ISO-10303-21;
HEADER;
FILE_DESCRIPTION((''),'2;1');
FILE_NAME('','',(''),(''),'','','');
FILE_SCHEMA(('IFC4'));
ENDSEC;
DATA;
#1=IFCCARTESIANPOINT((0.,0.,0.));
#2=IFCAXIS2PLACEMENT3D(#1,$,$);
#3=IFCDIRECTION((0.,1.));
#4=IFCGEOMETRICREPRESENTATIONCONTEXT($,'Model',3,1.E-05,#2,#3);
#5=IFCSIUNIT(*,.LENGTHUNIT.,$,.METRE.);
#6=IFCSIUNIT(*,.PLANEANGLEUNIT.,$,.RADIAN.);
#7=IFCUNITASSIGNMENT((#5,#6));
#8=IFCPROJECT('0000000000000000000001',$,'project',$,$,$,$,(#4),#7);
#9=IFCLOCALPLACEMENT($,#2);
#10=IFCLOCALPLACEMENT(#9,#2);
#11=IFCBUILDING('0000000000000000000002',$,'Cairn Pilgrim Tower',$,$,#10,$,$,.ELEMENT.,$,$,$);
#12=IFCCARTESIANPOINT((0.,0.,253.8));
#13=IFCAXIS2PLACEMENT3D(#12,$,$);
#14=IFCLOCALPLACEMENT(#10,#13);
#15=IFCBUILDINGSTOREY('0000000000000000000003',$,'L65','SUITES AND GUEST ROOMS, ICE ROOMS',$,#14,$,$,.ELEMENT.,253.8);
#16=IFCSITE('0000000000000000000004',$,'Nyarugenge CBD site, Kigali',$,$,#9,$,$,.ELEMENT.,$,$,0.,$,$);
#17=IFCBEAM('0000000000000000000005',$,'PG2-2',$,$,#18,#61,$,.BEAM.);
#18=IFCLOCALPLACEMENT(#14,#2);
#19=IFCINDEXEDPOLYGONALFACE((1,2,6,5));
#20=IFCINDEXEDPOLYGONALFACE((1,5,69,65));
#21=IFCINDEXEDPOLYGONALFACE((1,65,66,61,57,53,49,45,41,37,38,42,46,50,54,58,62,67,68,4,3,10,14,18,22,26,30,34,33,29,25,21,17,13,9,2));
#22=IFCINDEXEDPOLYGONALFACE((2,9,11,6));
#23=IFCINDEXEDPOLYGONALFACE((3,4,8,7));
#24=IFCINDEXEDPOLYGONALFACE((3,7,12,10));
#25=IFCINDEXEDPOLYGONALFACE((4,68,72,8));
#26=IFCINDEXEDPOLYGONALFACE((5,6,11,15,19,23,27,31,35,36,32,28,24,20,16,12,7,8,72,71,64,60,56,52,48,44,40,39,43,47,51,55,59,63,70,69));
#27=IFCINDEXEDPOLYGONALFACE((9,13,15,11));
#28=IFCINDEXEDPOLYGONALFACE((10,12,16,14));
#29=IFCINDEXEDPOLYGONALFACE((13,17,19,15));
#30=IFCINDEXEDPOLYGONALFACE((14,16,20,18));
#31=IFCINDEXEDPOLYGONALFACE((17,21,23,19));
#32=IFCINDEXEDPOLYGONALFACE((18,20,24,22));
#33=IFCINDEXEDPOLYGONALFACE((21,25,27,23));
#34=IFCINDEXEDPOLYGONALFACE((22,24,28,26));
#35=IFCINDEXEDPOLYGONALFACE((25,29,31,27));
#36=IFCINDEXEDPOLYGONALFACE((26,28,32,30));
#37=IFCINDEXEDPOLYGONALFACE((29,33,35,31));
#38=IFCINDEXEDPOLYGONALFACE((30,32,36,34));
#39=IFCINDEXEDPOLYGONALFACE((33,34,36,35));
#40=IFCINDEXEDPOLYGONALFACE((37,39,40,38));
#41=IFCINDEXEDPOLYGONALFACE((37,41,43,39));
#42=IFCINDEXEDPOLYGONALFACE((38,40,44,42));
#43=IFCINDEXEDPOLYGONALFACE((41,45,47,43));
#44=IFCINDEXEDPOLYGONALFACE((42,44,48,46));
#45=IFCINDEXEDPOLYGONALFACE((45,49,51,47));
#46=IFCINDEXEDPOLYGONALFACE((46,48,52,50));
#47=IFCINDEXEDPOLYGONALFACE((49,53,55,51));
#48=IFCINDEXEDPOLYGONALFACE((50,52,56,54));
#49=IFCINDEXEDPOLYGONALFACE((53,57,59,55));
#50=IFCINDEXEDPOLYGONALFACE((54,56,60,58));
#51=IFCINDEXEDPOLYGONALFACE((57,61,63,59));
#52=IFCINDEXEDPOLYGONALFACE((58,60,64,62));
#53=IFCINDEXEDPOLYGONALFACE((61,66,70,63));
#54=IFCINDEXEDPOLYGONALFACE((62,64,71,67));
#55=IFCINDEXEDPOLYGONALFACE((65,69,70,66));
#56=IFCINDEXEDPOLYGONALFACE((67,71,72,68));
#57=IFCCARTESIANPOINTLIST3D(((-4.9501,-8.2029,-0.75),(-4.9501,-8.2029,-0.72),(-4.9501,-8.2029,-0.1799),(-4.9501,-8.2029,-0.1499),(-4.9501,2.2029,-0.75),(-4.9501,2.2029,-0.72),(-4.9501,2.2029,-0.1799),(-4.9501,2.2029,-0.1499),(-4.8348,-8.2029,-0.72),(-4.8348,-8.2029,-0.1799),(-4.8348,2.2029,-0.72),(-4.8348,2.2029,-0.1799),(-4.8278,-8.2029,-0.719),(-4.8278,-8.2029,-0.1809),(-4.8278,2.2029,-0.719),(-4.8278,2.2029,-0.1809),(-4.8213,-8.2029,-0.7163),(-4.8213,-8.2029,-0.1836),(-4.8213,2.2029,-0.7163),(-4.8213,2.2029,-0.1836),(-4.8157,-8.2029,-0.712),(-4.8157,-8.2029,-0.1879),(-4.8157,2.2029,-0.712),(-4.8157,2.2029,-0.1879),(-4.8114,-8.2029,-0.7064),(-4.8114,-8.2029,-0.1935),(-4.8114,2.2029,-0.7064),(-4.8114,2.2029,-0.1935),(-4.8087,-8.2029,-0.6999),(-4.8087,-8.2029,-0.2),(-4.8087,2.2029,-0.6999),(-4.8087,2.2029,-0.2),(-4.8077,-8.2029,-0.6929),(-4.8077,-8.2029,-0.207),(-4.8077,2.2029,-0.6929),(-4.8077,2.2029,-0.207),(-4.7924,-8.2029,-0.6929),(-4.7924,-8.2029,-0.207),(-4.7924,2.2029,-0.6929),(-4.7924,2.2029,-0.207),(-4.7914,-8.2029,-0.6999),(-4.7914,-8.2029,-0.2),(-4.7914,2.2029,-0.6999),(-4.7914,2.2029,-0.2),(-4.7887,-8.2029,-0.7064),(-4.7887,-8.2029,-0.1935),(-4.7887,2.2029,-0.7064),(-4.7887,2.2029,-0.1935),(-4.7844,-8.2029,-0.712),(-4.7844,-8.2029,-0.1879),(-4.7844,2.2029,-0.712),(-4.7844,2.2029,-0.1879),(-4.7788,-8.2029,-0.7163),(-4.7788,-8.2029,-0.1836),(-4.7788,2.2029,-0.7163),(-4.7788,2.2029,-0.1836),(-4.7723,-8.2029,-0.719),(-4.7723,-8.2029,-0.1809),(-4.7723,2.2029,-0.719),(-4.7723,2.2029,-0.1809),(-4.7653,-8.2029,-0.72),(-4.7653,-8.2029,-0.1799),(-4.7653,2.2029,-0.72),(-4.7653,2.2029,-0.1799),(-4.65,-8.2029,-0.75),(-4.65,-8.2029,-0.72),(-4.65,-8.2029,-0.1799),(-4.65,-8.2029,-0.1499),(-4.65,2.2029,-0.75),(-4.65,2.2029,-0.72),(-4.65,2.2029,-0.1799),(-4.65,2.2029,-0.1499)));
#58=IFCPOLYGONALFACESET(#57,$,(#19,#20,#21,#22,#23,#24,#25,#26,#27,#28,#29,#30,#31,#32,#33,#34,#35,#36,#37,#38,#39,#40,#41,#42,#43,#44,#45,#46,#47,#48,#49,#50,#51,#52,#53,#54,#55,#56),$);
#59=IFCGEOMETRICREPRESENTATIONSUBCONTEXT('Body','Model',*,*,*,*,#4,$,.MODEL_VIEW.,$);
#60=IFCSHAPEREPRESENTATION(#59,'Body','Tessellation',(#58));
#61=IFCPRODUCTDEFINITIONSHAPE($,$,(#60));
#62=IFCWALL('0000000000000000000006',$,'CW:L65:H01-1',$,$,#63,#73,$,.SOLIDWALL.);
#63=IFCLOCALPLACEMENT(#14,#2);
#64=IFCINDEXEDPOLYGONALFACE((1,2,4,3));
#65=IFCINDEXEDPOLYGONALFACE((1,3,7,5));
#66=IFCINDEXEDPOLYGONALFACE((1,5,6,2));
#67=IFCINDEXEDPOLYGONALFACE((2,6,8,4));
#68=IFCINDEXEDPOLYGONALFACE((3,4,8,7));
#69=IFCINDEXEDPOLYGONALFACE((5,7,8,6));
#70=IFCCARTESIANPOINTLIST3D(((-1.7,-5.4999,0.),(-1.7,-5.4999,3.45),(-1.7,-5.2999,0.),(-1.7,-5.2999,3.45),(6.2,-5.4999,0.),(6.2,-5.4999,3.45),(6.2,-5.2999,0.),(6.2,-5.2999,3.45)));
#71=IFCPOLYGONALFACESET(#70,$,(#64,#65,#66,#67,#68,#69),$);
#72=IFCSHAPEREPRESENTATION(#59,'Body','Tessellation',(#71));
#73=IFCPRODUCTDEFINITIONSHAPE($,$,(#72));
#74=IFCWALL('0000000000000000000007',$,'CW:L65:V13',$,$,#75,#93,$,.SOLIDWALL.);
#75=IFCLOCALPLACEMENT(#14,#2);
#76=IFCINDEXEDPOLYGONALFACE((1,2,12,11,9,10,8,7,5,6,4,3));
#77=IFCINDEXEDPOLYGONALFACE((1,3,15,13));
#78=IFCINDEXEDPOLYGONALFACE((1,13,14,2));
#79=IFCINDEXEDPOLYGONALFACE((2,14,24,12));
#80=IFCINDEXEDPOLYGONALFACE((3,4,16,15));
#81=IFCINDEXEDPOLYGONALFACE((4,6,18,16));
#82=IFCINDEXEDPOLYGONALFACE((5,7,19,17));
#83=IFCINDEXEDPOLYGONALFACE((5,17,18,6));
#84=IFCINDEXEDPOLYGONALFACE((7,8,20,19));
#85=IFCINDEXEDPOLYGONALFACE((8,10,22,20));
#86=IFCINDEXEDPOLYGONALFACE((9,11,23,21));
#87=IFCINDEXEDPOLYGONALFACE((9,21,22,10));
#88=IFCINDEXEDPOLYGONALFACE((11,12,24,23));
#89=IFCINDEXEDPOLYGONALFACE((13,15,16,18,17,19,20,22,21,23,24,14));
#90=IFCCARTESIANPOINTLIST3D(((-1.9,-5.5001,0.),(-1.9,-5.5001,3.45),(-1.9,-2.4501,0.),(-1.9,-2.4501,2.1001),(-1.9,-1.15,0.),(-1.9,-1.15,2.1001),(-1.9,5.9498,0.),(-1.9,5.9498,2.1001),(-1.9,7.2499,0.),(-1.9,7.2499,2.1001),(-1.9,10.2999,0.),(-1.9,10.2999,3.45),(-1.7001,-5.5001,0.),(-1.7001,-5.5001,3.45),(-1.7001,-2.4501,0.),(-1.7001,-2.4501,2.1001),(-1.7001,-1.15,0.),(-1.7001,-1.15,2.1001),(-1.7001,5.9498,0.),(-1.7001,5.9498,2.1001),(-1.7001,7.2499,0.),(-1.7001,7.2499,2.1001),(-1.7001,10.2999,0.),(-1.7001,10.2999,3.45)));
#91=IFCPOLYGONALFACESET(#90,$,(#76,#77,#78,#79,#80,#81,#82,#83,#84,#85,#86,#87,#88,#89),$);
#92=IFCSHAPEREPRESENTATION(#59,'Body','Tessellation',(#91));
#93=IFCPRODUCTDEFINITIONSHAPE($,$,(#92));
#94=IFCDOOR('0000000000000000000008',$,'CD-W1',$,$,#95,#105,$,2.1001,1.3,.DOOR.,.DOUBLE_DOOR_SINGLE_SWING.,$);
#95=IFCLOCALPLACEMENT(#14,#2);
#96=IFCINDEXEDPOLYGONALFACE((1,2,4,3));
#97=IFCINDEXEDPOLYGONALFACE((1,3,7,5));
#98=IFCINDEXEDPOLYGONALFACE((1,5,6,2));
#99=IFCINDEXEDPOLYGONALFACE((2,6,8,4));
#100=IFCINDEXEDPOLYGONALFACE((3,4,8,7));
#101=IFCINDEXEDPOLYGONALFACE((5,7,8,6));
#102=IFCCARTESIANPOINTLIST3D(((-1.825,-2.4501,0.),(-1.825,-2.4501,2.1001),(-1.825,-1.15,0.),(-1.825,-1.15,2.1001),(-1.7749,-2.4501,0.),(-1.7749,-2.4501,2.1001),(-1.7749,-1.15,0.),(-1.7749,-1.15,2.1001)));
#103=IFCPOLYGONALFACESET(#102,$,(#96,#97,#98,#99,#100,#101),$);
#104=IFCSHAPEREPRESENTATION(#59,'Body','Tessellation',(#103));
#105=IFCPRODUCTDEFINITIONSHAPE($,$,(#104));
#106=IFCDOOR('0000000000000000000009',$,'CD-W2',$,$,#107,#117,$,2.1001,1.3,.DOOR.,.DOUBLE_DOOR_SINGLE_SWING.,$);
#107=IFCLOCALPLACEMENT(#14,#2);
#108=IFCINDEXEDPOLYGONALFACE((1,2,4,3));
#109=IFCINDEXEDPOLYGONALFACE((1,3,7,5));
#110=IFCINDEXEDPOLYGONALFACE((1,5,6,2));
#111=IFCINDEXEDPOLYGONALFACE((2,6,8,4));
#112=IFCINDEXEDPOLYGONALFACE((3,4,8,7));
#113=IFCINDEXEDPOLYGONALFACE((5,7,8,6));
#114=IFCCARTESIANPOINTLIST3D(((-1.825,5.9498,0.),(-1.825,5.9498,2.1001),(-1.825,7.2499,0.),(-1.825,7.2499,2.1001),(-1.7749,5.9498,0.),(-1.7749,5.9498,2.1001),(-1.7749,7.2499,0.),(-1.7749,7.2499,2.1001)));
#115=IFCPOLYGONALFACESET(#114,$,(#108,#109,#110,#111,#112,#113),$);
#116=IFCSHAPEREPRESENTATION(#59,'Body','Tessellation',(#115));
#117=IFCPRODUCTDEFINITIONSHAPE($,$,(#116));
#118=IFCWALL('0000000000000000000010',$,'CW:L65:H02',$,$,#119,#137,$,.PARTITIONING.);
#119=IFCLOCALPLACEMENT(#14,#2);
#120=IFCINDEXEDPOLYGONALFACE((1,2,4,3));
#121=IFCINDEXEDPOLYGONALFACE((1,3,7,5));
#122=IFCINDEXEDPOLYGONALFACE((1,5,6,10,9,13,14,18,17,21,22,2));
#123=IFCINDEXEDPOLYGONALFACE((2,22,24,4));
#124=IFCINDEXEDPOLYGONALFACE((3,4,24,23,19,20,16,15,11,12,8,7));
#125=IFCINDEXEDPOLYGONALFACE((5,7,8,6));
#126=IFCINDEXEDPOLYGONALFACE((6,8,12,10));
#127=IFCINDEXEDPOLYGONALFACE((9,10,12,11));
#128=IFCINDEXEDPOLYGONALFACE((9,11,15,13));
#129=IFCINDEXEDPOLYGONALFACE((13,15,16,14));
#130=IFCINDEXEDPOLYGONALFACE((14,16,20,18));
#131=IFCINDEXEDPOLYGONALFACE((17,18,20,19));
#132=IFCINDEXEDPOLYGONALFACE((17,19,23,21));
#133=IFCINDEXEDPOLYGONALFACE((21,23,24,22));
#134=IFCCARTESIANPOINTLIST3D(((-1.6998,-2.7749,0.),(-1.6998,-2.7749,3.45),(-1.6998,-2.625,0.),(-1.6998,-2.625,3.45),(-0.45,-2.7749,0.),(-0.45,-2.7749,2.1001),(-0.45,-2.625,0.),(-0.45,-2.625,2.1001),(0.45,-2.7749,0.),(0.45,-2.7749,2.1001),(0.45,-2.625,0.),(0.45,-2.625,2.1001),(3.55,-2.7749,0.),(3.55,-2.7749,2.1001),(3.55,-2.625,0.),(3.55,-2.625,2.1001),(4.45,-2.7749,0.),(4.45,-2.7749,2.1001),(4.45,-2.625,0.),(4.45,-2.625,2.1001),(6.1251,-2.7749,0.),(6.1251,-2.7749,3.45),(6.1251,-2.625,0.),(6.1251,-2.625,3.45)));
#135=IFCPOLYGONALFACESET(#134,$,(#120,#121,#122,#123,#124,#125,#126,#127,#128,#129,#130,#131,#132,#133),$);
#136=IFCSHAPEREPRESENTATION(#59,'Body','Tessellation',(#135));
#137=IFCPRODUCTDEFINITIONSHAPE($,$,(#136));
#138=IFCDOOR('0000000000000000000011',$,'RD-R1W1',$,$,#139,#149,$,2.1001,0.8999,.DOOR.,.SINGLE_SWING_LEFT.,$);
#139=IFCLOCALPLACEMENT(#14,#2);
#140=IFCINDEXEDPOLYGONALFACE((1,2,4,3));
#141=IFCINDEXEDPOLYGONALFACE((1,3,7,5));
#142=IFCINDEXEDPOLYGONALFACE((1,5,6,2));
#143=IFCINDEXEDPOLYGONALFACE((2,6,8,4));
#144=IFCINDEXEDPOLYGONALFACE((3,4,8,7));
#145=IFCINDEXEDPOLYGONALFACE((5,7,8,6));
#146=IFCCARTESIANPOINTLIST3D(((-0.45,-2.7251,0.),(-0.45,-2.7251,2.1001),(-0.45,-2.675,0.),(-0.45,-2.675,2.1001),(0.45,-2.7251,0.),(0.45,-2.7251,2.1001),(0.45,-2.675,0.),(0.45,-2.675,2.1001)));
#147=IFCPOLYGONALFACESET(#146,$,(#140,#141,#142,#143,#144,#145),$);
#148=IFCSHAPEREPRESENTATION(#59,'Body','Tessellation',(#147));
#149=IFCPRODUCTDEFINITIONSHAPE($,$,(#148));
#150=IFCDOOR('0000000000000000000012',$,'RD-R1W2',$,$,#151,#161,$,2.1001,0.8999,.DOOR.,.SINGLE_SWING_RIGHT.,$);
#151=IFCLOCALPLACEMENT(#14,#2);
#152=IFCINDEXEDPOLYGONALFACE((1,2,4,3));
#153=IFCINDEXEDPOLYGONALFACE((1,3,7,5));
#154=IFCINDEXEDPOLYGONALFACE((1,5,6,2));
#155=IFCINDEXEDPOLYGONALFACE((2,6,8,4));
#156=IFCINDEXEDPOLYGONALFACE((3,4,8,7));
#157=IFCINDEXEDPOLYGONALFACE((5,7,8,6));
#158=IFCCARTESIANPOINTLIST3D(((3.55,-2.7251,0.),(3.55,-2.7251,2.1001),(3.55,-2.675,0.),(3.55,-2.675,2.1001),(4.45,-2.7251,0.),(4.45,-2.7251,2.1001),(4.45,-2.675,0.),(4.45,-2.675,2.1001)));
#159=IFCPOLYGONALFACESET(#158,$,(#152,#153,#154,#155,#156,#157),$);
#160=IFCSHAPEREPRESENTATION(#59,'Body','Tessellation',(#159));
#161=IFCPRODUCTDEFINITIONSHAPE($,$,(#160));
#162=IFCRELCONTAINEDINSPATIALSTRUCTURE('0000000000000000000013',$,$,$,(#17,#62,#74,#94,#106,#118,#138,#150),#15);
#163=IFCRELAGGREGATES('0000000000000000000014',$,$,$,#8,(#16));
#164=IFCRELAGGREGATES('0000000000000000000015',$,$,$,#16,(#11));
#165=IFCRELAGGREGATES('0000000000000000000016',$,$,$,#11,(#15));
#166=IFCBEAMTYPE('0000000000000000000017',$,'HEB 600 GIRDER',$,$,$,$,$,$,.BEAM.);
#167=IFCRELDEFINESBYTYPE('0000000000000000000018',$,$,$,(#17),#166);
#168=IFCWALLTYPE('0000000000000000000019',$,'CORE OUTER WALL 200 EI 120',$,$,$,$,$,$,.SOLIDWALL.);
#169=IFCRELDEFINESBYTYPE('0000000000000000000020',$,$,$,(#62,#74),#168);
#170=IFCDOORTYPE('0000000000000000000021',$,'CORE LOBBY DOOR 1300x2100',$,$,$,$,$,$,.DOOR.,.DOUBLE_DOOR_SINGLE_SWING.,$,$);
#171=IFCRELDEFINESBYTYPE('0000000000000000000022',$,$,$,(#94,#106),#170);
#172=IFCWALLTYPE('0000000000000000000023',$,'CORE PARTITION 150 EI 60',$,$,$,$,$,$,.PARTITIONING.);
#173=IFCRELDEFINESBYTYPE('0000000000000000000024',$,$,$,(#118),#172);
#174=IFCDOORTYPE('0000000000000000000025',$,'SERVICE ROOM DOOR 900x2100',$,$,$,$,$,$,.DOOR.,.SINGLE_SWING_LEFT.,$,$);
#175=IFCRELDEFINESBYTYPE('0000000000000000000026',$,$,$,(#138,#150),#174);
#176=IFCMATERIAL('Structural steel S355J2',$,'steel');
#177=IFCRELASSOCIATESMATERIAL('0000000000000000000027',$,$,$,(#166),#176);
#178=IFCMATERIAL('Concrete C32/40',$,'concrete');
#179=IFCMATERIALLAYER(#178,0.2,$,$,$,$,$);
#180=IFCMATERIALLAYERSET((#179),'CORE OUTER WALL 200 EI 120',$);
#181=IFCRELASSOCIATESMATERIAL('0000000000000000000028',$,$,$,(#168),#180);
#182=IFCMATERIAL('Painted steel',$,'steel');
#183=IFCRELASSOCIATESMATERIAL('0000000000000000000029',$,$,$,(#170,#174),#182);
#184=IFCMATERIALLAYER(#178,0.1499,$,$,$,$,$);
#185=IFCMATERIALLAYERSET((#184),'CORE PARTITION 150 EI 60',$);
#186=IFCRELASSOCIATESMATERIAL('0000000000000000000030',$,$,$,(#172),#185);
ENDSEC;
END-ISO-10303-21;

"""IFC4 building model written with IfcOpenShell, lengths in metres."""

from ifc_helpers import new_model, si_unit, direction, frame, frame_2d, origin, origin_2d, place, context, subcontext, project, spatial, rectangle, i_section, extrude, material, layer, layer_set, material_profile, profile_set, type_object, element, fill, save


model = new_model("IFC4")

# Units and contexts
model_context = context("Model", 3, precision=1e-05, world=origin(), true_north=direction((0.0, 1.0)))
body_context = subcontext(model_context, "Body", "Model", "MODEL_VIEW")
ifc_project = project(units=[si_unit("LENGTHUNIT", "METRE"), si_unit("PLANEANGLEUNIT", "RADIAN")], contexts=[model_context])

# Site, building, storey
site_placement = place(None, origin())
site = spatial("IfcSite", under=ifc_project, at=site_placement, Name="Nyarugenge CBD site, Kigali", CompositionType="ELEMENT", RefElevation=0.0)
building_placement = place(site_placement, origin())
building = spatial("IfcBuilding", under=site, at=building_placement, Name="Cairn Pilgrim Tower", CompositionType="ELEMENT")
storey_placement = place(building_placement, frame((0.0, 0.0, 253.8)))
storey = spatial("IfcBuildingStorey", under=building, at=storey_placement, Name="L65", Description="SUITES AND GUEST ROOMS, ICE ROOMS", CompositionType="ELEMENT", Elevation=253.8)

# Shared definitions
ifc_material_1 = material(Name="Structural steel S355J2", Category="steel")

# Beam
ifc_material_profile_1 = material_profile(ifc_material_1, i_section(OverallWidth=0.3, OverallDepth=0.6001, WebThickness=0.0154, FlangeThickness=0.03, FilletRadius=0.0271, at=origin_2d()), Name="HEB 600")
ifc_profile_set_1 = profile_set([ifc_material_profile_1], Name="Structural steel S355J2")
beam_type_1 = type_object("IfcBeamType", Name="HEB 600 GIRDER", PredefinedType="BEAM", material=ifc_profile_set_1)
beam_1_placement = place(storey_placement, frame((-4.8, -8.2029, -0.45), z_axis=(0.0, 1.0, 0.0), x_axis=(-1.0, 0.0, 0.0)))
element("IfcBeam", 1, at=beam_1_placement, inside=storey, type_object=beam_type_1, Name="PG2-2", PredefinedType="BEAM", context=body_context, shape_type="SweptSolid", body=[
    extrude(i_section(OverallWidth=0.3, OverallDepth=0.6001, WebThickness=0.0154, FlangeThickness=0.03, FilletRadius=0.0271, at=origin_2d()), origin(), (0.0, 0.0, 1.0), 10.4058),
])

# Wall
ifc_material_2 = material(Name="Concrete C32/40", Category="concrete")
ifc_layer_1 = layer(ifc_material_2, 0.2)
ifc_layer_set_1 = layer_set([ifc_layer_1], Name="CORE OUTER WALL 200 EI 120")
wall_type_1 = type_object("IfcWallType", Name="CORE OUTER WALL 200 EI 120", PredefinedType="SOLIDWALL", material=ifc_layer_set_1)
wall_1_placement = place(storey_placement, frame((-1.7, -5.3999, 0.0), z_axis=(0.0, 0.0, 1.0), x_axis=(1.0, 0.0, 0.0)))
element("IfcWall", 2, at=wall_1_placement, inside=storey, type_object=wall_type_1, Name="CW:L65:H01-1", PredefinedType="SOLIDWALL", context=body_context, shape_type="SweptSolid", body=[
    extrude(rectangle(XDim=7.8999, YDim=0.2, at=frame_2d((3.95, 0.0))), origin(), (0.0, 0.0, 1.0), 3.45),
])

# Walls, openings, doors
wall_2_placement = place(storey_placement, frame((-1.8, -5.5, 0.0), z_axis=(0.0, 0.0, 1.0), x_axis=(0.0, 1.0, 0.0)))
wall_2 = element("IfcWall", 3, at=wall_2_placement, inside=storey, type_object=wall_type_1, Name="CW:L65:V13", PredefinedType="SOLIDWALL", context=body_context, shape_type="SweptSolid", body=[
    extrude(rectangle(XDim=15.8, YDim=0.2, at=frame_2d((7.8999, 0.0))), origin(), (0.0, 0.0, 1.0), 3.45),
])
opening_1_placement = place(wall_2_placement, frame((3.05, 0.0, 0.0)))
opening_1 = element("IfcOpeningElement", 4, at=opening_1_placement, cuts=wall_2, PredefinedType="OPENING", context=body_context, shape_type="SweptSolid", body=[
    extrude(rectangle(XDim=1.3, YDim=2.1001, at=frame_2d((0.6499, 1.05))), frame((0.0, 0.1099, 0.0), z_axis=(0.0, -1.0, 0.0), x_axis=(1.0, 0.0, 0.0)), (0.0, 0.0, 1.0), 0.22),
])
opening_2_placement = place(wall_2_placement, frame((11.45, 0.0, 0.0)))
opening_2 = element("IfcOpeningElement", 5, at=opening_2_placement, cuts=wall_2, PredefinedType="OPENING", context=body_context, shape_type="SweptSolid", body=[
    extrude(rectangle(XDim=1.3, YDim=2.1001, at=frame_2d((0.6499, 1.05))), frame((0.0, 0.1099, 0.0), z_axis=(0.0, -1.0, 0.0), x_axis=(1.0, 0.0, 0.0)), (0.0, 0.0, 1.0), 0.22),
])
ifc_material_3 = material(Name="Painted steel", Category="steel")
door_type_1 = type_object("IfcDoorType", Name="CORE LOBBY DOOR 1300x2100", OperationType="DOUBLE_DOOR_SINGLE_SWING", PredefinedType="DOOR", material=ifc_material_3)
door_1_placement = place(opening_1_placement, origin())
door_1 = element("IfcDoor", 6, at=door_1_placement, inside=storey, type_object=door_type_1, Name="CD-W1", OperationType="DOUBLE_DOOR_SINGLE_SWING", OverallHeight=2.1001, OverallWidth=1.3, PredefinedType="DOOR", context=body_context, shape_type="SweptSolid", body=[
    extrude(rectangle(XDim=1.3, YDim=2.1001, at=frame_2d((0.6499, 1.05))), frame((0.0, 0.0249, 0.0), z_axis=(0.0, -1.0, 0.0), x_axis=(1.0, 0.0, 0.0)), (0.0, 0.0, 1.0), 0.05),
])
fill(opening_1, door_1)
door_2_placement = place(opening_2_placement, origin())
door_2 = element("IfcDoor", 7, at=door_2_placement, inside=storey, type_object=door_type_1, Name="CD-W2", OperationType="DOUBLE_DOOR_SINGLE_SWING", OverallHeight=2.1001, OverallWidth=1.3, PredefinedType="DOOR", context=body_context, shape_type="SweptSolid", body=[
    extrude(rectangle(XDim=1.3, YDim=2.1001, at=frame_2d((0.6499, 1.05))), frame((0.0, 0.0249, 0.0), z_axis=(0.0, -1.0, 0.0), x_axis=(1.0, 0.0, 0.0)), (0.0, 0.0, 1.0), 0.05),
])
fill(opening_2, door_2)
ifc_layer_2 = layer(ifc_material_2, 0.1499)
ifc_layer_set_2 = layer_set([ifc_layer_2], Name="CORE PARTITION 150 EI 60")
wall_type_2 = type_object("IfcWallType", Name="CORE PARTITION 150 EI 60", PredefinedType="PARTITIONING", material=ifc_layer_set_2)
wall_3_placement = place(storey_placement, frame((-1.7, -2.7, 0.0), z_axis=(0.0, 0.0, 1.0), x_axis=(1.0, 0.0, 0.0)))
wall_3 = element("IfcWall", 8, at=wall_3_placement, inside=storey, type_object=wall_type_2, Name="CW:L65:H02", PredefinedType="PARTITIONING", context=body_context, shape_type="SweptSolid", body=[
    extrude(rectangle(XDim=7.825, YDim=0.1499, at=frame_2d((3.9126, 0.0))), origin(), (0.0, 0.0, 1.0), 3.45),
])
opening_3_placement = place(wall_3_placement, frame((1.25, 0.0, 0.0)))
opening_3 = element("IfcOpeningElement", 9, at=opening_3_placement, cuts=wall_3, PredefinedType="OPENING", context=body_context, shape_type="SweptSolid", body=[
    extrude(rectangle(XDim=0.8999, YDim=2.1001, at=frame_2d((0.45, 1.05))), frame((0.0, 0.085, 0.0), z_axis=(0.0, -1.0, 0.0), x_axis=(1.0, 0.0, 0.0)), (0.0, 0.0, 1.0), 0.1699),
])
opening_4_placement = place(wall_3_placement, frame((5.25, 0.0, 0.0)))
opening_4 = element("IfcOpeningElement", 10, at=opening_4_placement, cuts=wall_3, PredefinedType="OPENING", context=body_context, shape_type="SweptSolid", body=[
    extrude(rectangle(XDim=0.8999, YDim=2.1001, at=frame_2d((0.45, 1.05))), frame((0.0, 0.085, 0.0), z_axis=(0.0, -1.0, 0.0), x_axis=(1.0, 0.0, 0.0)), (0.0, 0.0, 1.0), 0.1699),
])
door_type_2 = type_object("IfcDoorType", Name="SERVICE ROOM DOOR 900x2100", OperationType="SINGLE_SWING_LEFT", PredefinedType="DOOR", material=ifc_material_3)
door_3_placement = place(opening_3_placement, origin())
door_3 = element("IfcDoor", 11, at=door_3_placement, inside=storey, type_object=door_type_2, Name="RD-R1W1", OperationType="SINGLE_SWING_LEFT", OverallHeight=2.1001, OverallWidth=0.8999, PredefinedType="DOOR", context=body_context, shape_type="SweptSolid", body=[
    extrude(rectangle(XDim=0.8999, YDim=2.1001, at=frame_2d((0.45, 1.05))), frame((0.0, 0.0249, 0.0), z_axis=(0.0, -1.0, 0.0), x_axis=(1.0, 0.0, 0.0)), (0.0, 0.0, 1.0), 0.05),
])
fill(opening_3, door_3)
door_4_placement = place(opening_4_placement, origin())
door_4 = element("IfcDoor", 12, at=door_4_placement, inside=storey, type_object=door_type_2, Name="RD-R1W2", OperationType="SINGLE_SWING_RIGHT", OverallHeight=2.1001, OverallWidth=0.8999, PredefinedType="DOOR", context=body_context, shape_type="SweptSolid", body=[
    extrude(rectangle(XDim=0.8999, YDim=2.1001, at=frame_2d((0.45, 1.05))), frame((0.0, 0.0249, 0.0), z_axis=(0.0, -1.0, 0.0), x_axis=(1.0, 0.0, 0.0)), (0.0, 0.0, 1.0), 0.05),
])
fill(opening_4, door_4)

save(model, "model.ifc")
